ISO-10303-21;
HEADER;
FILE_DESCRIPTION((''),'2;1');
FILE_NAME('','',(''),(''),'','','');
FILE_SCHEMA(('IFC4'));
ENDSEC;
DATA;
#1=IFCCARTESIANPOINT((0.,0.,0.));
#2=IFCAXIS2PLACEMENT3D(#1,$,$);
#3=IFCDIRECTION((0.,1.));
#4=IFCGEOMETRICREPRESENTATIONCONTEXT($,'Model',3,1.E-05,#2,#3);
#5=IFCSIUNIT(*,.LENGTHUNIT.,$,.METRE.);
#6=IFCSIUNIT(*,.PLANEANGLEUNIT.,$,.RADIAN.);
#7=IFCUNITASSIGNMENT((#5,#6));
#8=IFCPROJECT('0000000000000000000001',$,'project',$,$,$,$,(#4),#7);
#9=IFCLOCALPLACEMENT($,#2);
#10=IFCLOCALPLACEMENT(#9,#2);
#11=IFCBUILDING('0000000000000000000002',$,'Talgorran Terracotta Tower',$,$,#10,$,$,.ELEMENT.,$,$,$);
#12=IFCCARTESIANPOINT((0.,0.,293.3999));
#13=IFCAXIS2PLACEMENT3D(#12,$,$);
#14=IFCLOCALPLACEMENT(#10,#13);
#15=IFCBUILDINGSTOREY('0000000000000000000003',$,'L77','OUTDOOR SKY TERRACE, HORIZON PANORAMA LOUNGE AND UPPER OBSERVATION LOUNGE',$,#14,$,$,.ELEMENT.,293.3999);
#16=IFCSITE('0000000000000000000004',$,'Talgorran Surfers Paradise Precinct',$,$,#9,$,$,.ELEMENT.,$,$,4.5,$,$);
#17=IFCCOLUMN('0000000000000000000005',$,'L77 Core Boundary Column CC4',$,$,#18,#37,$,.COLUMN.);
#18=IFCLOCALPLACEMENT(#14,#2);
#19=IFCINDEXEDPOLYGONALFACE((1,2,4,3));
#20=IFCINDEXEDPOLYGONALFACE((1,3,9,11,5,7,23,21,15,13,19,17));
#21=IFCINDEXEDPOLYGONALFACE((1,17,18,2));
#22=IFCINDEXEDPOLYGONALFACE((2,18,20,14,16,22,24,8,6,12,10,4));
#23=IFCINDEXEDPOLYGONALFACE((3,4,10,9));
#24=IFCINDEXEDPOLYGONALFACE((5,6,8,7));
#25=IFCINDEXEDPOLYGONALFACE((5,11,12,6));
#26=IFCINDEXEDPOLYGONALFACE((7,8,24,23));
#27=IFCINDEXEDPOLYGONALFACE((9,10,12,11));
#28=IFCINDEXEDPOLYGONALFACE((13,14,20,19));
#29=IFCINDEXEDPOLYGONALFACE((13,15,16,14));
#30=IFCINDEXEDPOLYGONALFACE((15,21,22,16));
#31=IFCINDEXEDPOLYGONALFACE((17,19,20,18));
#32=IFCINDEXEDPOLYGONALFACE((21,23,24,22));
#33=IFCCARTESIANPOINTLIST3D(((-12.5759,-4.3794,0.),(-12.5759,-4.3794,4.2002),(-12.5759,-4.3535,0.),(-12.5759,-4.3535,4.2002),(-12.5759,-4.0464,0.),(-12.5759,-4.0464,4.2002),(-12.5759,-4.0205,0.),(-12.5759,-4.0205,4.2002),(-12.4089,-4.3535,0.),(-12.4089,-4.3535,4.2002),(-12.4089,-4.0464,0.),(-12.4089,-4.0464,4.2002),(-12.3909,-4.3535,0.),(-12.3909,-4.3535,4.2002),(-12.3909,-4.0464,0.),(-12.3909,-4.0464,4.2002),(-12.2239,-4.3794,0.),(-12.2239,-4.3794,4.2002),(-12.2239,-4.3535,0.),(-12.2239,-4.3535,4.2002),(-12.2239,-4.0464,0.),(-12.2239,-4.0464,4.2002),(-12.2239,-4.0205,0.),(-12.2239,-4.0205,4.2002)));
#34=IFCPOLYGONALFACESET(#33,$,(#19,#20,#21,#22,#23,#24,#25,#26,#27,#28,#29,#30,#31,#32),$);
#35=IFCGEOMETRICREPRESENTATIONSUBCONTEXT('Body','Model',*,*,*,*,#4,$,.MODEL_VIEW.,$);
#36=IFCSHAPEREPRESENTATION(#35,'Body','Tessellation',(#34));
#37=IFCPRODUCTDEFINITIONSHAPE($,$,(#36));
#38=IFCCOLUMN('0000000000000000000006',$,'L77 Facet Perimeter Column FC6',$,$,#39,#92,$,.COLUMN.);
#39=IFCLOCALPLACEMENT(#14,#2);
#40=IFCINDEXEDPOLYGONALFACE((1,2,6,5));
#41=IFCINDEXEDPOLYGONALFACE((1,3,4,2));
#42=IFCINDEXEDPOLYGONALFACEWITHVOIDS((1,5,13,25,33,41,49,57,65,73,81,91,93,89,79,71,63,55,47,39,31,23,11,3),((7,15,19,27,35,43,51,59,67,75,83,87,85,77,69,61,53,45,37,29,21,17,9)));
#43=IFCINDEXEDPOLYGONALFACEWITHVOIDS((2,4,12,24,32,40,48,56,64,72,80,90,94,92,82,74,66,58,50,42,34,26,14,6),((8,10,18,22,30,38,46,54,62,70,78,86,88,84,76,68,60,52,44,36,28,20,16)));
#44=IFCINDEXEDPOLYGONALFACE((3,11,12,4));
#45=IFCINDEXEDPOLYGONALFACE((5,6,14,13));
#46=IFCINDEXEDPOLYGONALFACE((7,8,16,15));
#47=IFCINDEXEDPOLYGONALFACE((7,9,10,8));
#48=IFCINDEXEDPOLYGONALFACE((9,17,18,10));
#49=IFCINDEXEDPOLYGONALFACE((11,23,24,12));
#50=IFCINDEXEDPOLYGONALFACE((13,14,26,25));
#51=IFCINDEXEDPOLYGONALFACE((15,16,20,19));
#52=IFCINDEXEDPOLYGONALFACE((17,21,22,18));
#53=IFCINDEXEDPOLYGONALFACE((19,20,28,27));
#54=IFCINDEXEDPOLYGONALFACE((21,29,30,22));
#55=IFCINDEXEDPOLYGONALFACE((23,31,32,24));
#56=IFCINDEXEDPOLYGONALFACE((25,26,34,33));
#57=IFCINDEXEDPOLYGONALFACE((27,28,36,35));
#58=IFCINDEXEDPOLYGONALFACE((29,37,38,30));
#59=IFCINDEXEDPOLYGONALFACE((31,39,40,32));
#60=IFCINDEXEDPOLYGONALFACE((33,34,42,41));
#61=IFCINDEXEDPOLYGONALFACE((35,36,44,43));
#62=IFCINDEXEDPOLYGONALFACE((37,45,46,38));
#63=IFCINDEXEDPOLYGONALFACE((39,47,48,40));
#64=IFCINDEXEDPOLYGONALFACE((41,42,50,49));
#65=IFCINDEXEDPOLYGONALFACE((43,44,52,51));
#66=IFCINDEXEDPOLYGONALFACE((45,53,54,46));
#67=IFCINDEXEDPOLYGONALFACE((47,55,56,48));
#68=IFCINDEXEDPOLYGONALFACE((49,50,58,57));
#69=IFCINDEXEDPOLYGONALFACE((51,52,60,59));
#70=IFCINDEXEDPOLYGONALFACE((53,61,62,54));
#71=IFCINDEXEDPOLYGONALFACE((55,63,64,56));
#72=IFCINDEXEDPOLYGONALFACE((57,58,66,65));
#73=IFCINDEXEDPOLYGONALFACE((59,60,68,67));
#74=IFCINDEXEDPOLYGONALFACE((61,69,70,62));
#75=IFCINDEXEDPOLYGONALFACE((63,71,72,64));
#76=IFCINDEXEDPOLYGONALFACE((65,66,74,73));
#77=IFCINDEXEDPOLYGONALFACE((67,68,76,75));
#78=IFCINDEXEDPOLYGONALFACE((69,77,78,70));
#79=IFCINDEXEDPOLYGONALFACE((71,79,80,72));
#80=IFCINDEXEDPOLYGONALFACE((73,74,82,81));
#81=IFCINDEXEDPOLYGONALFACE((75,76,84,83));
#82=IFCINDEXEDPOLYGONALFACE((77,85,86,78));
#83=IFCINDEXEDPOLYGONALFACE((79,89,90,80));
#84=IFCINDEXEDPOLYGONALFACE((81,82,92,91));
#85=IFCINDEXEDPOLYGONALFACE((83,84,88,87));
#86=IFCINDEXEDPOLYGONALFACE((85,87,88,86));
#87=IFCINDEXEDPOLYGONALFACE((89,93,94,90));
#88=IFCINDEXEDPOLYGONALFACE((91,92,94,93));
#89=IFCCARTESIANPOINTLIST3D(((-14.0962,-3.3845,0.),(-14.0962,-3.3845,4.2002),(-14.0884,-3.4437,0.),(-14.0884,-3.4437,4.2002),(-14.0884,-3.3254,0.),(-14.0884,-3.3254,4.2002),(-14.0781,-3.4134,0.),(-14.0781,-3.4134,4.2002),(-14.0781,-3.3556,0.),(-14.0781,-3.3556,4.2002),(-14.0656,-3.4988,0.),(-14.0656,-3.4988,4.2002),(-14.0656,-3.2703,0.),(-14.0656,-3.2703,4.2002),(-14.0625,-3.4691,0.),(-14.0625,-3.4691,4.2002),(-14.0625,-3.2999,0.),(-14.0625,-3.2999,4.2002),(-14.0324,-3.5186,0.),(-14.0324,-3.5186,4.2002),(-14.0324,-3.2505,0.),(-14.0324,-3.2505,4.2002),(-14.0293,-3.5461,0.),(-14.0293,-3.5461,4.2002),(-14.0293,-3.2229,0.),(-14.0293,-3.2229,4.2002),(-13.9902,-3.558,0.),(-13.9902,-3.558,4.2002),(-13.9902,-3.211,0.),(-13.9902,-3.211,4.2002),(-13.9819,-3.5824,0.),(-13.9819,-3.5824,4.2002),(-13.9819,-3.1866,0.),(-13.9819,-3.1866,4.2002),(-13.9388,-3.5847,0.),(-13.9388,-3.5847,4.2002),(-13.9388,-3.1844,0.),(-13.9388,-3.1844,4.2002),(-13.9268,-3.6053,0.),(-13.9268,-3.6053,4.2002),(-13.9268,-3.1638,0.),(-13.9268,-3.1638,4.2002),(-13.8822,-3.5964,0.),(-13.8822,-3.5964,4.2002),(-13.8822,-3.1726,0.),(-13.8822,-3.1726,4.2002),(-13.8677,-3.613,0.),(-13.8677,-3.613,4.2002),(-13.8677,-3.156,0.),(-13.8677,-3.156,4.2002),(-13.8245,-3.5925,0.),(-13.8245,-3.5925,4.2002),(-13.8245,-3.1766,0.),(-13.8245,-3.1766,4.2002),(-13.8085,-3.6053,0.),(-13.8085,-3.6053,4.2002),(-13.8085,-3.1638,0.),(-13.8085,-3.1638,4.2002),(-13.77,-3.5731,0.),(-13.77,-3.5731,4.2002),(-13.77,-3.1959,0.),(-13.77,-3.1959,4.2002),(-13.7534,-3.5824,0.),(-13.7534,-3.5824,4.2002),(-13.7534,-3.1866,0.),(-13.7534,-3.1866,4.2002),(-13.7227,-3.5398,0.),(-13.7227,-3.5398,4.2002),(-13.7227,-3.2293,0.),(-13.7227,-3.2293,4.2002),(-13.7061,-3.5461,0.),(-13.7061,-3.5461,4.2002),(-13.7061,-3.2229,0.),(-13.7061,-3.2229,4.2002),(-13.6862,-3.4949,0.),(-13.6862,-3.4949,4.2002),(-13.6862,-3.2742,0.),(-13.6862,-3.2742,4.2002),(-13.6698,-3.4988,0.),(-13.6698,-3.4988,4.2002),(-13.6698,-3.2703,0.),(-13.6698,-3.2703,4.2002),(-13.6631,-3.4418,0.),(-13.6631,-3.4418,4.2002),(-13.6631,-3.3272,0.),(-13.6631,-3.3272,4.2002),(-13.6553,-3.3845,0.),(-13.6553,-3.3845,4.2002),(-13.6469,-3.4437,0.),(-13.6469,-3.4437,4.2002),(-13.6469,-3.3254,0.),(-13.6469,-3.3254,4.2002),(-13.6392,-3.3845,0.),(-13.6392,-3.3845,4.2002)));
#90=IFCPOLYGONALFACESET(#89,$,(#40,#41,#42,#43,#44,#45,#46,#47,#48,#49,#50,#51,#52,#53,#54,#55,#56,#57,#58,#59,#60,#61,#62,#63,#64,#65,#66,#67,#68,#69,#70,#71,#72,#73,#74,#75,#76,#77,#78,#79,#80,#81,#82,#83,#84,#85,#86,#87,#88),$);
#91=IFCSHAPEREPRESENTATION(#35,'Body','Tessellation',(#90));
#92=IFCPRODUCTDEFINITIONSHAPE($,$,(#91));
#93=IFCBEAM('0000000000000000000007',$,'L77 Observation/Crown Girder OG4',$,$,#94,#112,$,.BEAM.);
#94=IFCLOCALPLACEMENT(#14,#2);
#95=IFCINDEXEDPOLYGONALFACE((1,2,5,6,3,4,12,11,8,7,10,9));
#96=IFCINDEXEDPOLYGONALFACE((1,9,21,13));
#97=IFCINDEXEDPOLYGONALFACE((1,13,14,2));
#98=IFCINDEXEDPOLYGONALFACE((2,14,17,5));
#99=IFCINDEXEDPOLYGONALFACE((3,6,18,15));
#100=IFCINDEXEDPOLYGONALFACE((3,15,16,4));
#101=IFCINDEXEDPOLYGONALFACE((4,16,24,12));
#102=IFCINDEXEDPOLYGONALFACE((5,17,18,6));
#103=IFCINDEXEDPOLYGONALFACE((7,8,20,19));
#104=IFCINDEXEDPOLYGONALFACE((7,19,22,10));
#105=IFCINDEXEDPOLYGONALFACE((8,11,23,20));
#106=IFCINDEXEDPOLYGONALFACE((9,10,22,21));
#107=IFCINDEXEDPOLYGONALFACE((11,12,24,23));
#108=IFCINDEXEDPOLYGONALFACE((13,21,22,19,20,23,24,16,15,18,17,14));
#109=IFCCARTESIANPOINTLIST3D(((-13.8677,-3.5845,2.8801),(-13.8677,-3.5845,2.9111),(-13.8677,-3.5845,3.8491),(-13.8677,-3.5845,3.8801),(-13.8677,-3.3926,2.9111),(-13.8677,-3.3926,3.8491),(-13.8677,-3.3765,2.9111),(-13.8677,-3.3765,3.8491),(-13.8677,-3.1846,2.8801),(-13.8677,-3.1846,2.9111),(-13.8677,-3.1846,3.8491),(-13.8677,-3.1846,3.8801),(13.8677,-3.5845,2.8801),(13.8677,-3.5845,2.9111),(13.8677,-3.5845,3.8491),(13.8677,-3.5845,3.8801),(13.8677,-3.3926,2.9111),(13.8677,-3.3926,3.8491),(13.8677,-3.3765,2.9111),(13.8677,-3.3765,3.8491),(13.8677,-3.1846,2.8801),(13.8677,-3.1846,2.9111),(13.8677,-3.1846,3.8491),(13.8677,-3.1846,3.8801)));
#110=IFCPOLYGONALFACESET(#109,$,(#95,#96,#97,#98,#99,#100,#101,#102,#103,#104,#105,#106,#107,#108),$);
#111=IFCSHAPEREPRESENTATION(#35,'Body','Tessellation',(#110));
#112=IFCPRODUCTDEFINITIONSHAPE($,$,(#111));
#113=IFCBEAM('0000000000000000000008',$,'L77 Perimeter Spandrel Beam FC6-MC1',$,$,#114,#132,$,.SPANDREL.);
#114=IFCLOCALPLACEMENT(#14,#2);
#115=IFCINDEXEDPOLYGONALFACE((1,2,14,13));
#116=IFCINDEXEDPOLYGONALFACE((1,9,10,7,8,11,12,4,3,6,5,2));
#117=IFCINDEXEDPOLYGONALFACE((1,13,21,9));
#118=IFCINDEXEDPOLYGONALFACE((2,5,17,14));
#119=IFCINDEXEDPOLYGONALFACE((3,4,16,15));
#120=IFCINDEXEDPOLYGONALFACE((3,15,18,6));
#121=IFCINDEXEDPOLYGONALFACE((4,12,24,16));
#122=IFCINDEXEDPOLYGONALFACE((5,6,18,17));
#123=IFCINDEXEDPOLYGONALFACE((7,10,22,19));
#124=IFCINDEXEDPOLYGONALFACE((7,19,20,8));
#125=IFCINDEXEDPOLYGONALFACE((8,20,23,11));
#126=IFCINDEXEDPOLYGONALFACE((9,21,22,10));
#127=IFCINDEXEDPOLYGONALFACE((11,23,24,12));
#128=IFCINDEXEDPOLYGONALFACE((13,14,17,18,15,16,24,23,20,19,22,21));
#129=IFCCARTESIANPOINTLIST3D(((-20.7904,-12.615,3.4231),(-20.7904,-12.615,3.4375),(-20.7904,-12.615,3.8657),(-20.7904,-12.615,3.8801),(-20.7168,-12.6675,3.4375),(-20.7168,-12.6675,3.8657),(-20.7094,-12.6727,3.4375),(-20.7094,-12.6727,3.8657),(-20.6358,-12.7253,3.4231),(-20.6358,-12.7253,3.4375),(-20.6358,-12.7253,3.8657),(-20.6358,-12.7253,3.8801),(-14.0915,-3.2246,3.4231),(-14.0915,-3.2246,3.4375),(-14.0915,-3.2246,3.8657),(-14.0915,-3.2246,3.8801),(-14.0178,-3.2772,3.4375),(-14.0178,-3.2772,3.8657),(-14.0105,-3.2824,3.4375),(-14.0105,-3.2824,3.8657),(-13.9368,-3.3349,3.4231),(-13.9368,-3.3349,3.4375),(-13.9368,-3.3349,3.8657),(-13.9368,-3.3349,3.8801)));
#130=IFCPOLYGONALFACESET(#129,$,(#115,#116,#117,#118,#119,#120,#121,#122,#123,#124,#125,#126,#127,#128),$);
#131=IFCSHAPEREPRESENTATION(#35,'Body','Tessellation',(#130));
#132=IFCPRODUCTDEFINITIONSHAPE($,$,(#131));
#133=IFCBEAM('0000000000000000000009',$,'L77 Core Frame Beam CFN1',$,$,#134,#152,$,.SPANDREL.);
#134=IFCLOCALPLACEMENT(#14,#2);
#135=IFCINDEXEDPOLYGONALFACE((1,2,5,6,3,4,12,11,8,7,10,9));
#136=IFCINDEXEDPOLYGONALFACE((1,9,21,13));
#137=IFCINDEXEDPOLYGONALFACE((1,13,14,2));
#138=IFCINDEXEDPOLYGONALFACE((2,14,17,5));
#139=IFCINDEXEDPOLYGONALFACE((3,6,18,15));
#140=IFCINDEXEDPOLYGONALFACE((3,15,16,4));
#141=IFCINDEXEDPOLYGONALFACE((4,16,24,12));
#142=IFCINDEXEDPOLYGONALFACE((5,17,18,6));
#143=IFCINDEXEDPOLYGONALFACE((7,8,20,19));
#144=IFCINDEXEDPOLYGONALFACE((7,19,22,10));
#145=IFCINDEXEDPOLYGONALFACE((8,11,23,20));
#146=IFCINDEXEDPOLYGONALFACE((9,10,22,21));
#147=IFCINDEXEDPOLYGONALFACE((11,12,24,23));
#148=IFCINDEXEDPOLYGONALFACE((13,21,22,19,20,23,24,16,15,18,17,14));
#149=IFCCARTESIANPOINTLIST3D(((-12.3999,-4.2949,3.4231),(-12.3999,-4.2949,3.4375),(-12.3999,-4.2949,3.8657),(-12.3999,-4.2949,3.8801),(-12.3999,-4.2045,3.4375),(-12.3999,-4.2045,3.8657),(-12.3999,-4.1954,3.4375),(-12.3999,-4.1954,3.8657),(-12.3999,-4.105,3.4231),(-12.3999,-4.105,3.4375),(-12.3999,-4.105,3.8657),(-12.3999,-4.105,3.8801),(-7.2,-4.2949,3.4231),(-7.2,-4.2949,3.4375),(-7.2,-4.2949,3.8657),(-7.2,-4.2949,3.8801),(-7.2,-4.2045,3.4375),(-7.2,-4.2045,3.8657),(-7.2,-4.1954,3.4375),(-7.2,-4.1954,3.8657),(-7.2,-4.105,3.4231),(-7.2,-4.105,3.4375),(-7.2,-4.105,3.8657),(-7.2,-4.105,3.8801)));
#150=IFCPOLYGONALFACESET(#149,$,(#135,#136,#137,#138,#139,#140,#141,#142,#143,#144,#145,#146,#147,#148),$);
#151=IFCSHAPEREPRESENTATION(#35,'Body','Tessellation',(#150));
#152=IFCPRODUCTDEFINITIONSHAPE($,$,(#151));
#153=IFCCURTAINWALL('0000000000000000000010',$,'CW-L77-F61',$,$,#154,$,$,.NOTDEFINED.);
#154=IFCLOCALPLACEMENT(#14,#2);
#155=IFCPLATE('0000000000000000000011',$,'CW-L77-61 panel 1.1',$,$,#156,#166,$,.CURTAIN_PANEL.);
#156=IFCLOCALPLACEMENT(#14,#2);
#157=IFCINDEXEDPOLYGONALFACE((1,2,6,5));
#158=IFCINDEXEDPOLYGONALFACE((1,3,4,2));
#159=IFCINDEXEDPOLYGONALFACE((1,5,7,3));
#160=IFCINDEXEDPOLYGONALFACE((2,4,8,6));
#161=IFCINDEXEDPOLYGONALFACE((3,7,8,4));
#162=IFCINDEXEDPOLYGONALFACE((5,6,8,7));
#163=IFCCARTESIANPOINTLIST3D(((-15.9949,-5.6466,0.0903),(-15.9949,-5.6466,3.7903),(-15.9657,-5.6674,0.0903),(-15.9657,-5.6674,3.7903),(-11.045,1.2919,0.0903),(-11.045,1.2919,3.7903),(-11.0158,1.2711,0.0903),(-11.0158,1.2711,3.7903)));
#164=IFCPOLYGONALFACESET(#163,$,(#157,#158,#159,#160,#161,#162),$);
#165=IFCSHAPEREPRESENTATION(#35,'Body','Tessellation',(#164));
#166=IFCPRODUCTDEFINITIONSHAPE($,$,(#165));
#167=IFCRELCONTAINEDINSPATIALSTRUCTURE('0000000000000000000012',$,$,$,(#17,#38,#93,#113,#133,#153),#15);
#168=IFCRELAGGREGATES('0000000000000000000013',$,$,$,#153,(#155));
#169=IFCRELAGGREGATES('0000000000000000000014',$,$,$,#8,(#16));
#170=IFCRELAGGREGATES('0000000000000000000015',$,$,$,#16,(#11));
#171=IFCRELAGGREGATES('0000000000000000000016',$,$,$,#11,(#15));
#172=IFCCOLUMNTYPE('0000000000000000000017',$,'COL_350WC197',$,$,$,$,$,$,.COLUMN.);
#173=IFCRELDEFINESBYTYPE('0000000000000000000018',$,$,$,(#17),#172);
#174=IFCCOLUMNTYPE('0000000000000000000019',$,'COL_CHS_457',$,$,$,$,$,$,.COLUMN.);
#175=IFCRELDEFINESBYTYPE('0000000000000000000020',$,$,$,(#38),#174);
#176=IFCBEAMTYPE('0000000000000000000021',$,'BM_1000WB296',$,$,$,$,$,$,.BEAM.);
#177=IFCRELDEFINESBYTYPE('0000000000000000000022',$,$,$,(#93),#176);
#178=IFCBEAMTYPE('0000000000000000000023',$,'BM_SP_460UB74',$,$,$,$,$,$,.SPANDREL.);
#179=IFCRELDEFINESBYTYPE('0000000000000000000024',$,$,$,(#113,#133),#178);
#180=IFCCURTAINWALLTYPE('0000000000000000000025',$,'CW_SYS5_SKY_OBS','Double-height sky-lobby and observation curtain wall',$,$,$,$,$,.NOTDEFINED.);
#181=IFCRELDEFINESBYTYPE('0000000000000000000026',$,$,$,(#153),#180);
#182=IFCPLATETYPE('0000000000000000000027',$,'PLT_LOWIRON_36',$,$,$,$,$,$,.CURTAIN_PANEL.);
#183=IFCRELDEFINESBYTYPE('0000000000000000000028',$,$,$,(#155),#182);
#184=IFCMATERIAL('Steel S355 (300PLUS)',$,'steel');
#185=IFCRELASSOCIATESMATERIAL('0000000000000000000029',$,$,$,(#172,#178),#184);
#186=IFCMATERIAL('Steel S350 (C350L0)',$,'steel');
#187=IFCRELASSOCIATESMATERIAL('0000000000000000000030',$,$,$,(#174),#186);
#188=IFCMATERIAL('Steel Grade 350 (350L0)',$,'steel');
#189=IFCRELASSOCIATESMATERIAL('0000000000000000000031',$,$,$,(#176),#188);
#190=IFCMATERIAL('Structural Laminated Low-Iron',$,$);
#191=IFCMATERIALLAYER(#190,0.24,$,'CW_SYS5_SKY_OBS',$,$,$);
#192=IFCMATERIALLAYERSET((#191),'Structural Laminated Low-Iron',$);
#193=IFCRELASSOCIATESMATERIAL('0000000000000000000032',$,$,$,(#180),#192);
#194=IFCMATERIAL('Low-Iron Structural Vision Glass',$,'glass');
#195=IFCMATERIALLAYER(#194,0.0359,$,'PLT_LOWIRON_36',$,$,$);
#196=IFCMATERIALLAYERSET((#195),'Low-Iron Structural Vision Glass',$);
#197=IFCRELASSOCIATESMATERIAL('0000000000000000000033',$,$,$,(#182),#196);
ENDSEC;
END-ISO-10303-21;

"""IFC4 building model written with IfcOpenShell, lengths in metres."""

from ifc_helpers import new_model, si_unit, direction, frame, origin, origin_2d, place, context, subcontext, project, spatial, rectangle, hollow_circle, i_section, extrude, source, transform, mapped, material, layer, layer_set, material_profile, profile_set, type_object, type_shapes, element, aggregate, save


model = new_model("IFC4")

# Units and contexts
model_context = context("Model", 3, precision=1e-05, world=origin(), true_north=direction((0.0, 1.0)))
body_context = subcontext(model_context, "Body", "Model", "MODEL_VIEW")
ifc_project = project(units=[si_unit("LENGTHUNIT", "METRE"), si_unit("PLANEANGLEUNIT", "RADIAN")], contexts=[model_context])

# Site, building, storey
site_placement = place(None, origin())
site = spatial("IfcSite", under=ifc_project, at=site_placement, Name="Talgorran Surfers Paradise Precinct", CompositionType="ELEMENT", RefElevation=4.5)
building_placement = place(site_placement, origin())
building = spatial("IfcBuilding", under=site, at=building_placement, Name="Talgorran Terracotta Tower", CompositionType="ELEMENT")
storey_placement = place(building_placement, frame((0.0, 0.0, 293.3999)))
storey = spatial("IfcBuildingStorey", under=building, at=storey_placement, Name="L77", Description="OUTDOOR SKY TERRACE, HORIZON PANORAMA LOUNGE AND UPPER OBSERVATION LOUNGE", CompositionType="ELEMENT", Elevation=293.3999)

# Columns
ifc_material_1 = material(Name="Steel S355 (300PLUS)", Category="steel")
ifc_material_profile_1 = material_profile(ifc_material_1, i_section(OverallWidth=0.3521, OverallDepth=0.3589, WebThickness=0.0181, FlangeThickness=0.0259, at=origin_2d()), Name="350WC197")
ifc_profile_set_1 = profile_set([ifc_material_profile_1], Name="Steel S355 (300PLUS)")
column_type_1 = type_object("IfcColumnType", Name="COL_350WC197", PredefinedType="COLUMN", material=ifc_profile_set_1)
column_1_placement = place(storey_placement, frame((-12.3999, -4.2, 0.0), z_axis=(0.0, 0.0, 1.0), x_axis=(1.0, 0.0, 0.0)))
element("IfcColumn", 1, at=column_1_placement, inside=storey, type_object=column_type_1, Name="L77 Core Boundary Column CC4", PredefinedType="COLUMN", context=body_context, shape_type="SweptSolid", body=[
    extrude(i_section(OverallWidth=0.3521, OverallDepth=0.3589, WebThickness=0.0181, FlangeThickness=0.0259, at=origin_2d()), origin(), (0.0, 0.0, 1.0), 4.2002),
])
ifc_material_2 = material(Name="Steel S350 (C350L0)", Category="steel")
ifc_material_profile_2 = material_profile(ifc_material_2, hollow_circle(Radius=0.2285, WallThickness=0.0161, at=origin_2d()), Name="CHS457X16")
ifc_profile_set_2 = profile_set([ifc_material_profile_2], Name="Steel S350 (C350L0)")
column_type_2 = type_object("IfcColumnType", Name="COL_CHS_457", PredefinedType="COLUMN", material=ifc_profile_set_2)
column_2_placement = place(storey_placement, frame((-13.8677, -3.3845, 0.0), z_axis=(0.0, 0.0, 1.0), x_axis=(1.0, 0.0, 0.0)))
element("IfcColumn", 2, at=column_2_placement, inside=storey, type_object=column_type_2, Name="L77 Facet Perimeter Column FC6", PredefinedType="COLUMN", context=body_context, shape_type="SweptSolid", body=[
    extrude(hollow_circle(Radius=0.2285, WallThickness=0.0161, at=origin_2d()), origin(), (0.0, 0.0, 1.0), 4.2002),
])

# Beams
ifc_material_3 = material(Name="Steel Grade 350 (350L0)", Category="steel")
ifc_material_profile_3 = material_profile(ifc_material_3, i_section(OverallWidth=0.3999, OverallDepth=1.0, WebThickness=0.0161, FlangeThickness=0.031, at=origin_2d()), Name="1000WB296")
ifc_profile_set_3 = profile_set([ifc_material_profile_3], Name="Steel Grade 350 (350L0)")
beam_type_1 = type_object("IfcBeamType", Name="BM_1000WB296", PredefinedType="BEAM", material=ifc_profile_set_3)
beam_1_placement = place(storey_placement, frame((-13.8677, -3.3845, 3.3801), z_axis=(1.0, 0.0, 0.0), x_axis=(0.0, 1.0, 0.0)))
element("IfcBeam", 3, at=beam_1_placement, inside=storey, type_object=beam_type_1, Name="L77 Observation/Crown Girder OG4", PredefinedType="BEAM", context=body_context, shape_type="SweptSolid", body=[
    extrude(i_section(OverallWidth=0.3999, OverallDepth=1.0, WebThickness=0.0161, FlangeThickness=0.031, at=origin_2d()), origin(), (0.0, 0.0, 1.0), 27.7354),
])
ifc_material_profile_4 = material_profile(ifc_material_1, i_section(OverallWidth=0.1899, OverallDepth=0.457, WebThickness=0.009, FlangeThickness=0.0144, at=origin_2d()), Name="460UB74.6")
ifc_profile_set_4 = profile_set([ifc_material_profile_4], Name="Steel S355 (300PLUS)")
beam_type_2 = type_object("IfcBeamType", Name="BM_SP_460UB74", PredefinedType="SPANDREL", material=ifc_profile_set_4)
beam_2_placement = place(storey_placement, frame((-14.0142, -3.2798, 3.6516), z_axis=(-0.580754, -0.814079, 0.0), x_axis=(0.814079, -0.580754, 0.0)))
element("IfcBeam", 4, at=beam_2_placement, inside=storey, type_object=beam_type_2, Name="L77 Perimeter Spandrel Beam FC6-MC1", PredefinedType="SPANDREL", context=body_context, shape_type="SweptSolid", body=[
    extrude(i_section(OverallWidth=0.1899, OverallDepth=0.457, WebThickness=0.009, FlangeThickness=0.0144, at=origin_2d()), origin(), (0.0, 0.0, 1.0), 11.5349),
])
beam_3_placement = place(storey_placement, frame((-12.3999, -4.2, 3.6516), z_axis=(1.0, 0.0, 0.0), x_axis=(0.0, 1.0, 0.0)))
element("IfcBeam", 5, at=beam_3_placement, inside=storey, type_object=beam_type_2, Name="L77 Core Frame Beam CFN1", PredefinedType="SPANDREL", context=body_context, shape_type="SweptSolid", body=[
    extrude(i_section(OverallWidth=0.1899, OverallDepth=0.457, WebThickness=0.009, FlangeThickness=0.0144, at=origin_2d()), origin(), (0.0, 0.0, 1.0), 5.2),
])

# Curtain wall, plate
ifc_material_4 = material(Name="Structural Laminated Low-Iron")
ifc_layer_1 = layer(ifc_material_4, 0.24, Name="CW_SYS5_SKY_OBS")
ifc_layer_set_1 = layer_set([ifc_layer_1], Name="Structural Laminated Low-Iron")
curtain_wall_type = type_object("IfcCurtainWallType", Name="CW_SYS5_SKY_OBS", Description="Double-height sky-lobby and observation curtain wall", PredefinedType="NOTDEFINED", material=ifc_layer_set_1)
curtain_wall_placement = place(storey_placement, origin())
curtain_wall = element("IfcCurtainWall", 6, at=curtain_wall_placement, inside=storey, type_object=curtain_wall_type, Name="CW-L77-F61", PredefinedType="NOTDEFINED")
ifc_material_5 = material(Name="Low-Iron Structural Vision Glass", Category="glass")
ifc_layer_2 = layer(ifc_material_5, 0.0359, Name="PLT_LOWIRON_36")
ifc_layer_set_2 = layer_set([ifc_layer_2], Name="Low-Iron Structural Vision Glass")
plate_type = type_object("IfcPlateType", Name="PLT_LOWIRON_36", PredefinedType="CURTAIN_PANEL", material=ifc_layer_set_2)
shared_shape = source(origin(), body_context, "Body", "SweptSolid", [
    extrude(rectangle(XDim=8.5232, YDim=0.0359, at=origin_2d()), origin(), (0.0, 0.0, 1.0), 3.7),
])
type_shapes(plate_type, [shared_shape])
plate_placement = place(storey_placement, frame((-13.5054, -2.1877, 0.0903), z_axis=(0.0, 0.0, 1.0), x_axis=(-0.580761, -0.814074, 0.0)))
plate = element("IfcPlate", 7, at=plate_placement, type_object=plate_type, Name="CW-L77-61 panel 1.1", PredefinedType="CURTAIN_PANEL", context=body_context, shape_type="MappedRepresentation", body=[
    mapped(shared_shape, transform((0.0, 0.0, 0.0), scale=1.0)),
])
aggregate(curtain_wall, [plate])

save(model, "model.ifc")
